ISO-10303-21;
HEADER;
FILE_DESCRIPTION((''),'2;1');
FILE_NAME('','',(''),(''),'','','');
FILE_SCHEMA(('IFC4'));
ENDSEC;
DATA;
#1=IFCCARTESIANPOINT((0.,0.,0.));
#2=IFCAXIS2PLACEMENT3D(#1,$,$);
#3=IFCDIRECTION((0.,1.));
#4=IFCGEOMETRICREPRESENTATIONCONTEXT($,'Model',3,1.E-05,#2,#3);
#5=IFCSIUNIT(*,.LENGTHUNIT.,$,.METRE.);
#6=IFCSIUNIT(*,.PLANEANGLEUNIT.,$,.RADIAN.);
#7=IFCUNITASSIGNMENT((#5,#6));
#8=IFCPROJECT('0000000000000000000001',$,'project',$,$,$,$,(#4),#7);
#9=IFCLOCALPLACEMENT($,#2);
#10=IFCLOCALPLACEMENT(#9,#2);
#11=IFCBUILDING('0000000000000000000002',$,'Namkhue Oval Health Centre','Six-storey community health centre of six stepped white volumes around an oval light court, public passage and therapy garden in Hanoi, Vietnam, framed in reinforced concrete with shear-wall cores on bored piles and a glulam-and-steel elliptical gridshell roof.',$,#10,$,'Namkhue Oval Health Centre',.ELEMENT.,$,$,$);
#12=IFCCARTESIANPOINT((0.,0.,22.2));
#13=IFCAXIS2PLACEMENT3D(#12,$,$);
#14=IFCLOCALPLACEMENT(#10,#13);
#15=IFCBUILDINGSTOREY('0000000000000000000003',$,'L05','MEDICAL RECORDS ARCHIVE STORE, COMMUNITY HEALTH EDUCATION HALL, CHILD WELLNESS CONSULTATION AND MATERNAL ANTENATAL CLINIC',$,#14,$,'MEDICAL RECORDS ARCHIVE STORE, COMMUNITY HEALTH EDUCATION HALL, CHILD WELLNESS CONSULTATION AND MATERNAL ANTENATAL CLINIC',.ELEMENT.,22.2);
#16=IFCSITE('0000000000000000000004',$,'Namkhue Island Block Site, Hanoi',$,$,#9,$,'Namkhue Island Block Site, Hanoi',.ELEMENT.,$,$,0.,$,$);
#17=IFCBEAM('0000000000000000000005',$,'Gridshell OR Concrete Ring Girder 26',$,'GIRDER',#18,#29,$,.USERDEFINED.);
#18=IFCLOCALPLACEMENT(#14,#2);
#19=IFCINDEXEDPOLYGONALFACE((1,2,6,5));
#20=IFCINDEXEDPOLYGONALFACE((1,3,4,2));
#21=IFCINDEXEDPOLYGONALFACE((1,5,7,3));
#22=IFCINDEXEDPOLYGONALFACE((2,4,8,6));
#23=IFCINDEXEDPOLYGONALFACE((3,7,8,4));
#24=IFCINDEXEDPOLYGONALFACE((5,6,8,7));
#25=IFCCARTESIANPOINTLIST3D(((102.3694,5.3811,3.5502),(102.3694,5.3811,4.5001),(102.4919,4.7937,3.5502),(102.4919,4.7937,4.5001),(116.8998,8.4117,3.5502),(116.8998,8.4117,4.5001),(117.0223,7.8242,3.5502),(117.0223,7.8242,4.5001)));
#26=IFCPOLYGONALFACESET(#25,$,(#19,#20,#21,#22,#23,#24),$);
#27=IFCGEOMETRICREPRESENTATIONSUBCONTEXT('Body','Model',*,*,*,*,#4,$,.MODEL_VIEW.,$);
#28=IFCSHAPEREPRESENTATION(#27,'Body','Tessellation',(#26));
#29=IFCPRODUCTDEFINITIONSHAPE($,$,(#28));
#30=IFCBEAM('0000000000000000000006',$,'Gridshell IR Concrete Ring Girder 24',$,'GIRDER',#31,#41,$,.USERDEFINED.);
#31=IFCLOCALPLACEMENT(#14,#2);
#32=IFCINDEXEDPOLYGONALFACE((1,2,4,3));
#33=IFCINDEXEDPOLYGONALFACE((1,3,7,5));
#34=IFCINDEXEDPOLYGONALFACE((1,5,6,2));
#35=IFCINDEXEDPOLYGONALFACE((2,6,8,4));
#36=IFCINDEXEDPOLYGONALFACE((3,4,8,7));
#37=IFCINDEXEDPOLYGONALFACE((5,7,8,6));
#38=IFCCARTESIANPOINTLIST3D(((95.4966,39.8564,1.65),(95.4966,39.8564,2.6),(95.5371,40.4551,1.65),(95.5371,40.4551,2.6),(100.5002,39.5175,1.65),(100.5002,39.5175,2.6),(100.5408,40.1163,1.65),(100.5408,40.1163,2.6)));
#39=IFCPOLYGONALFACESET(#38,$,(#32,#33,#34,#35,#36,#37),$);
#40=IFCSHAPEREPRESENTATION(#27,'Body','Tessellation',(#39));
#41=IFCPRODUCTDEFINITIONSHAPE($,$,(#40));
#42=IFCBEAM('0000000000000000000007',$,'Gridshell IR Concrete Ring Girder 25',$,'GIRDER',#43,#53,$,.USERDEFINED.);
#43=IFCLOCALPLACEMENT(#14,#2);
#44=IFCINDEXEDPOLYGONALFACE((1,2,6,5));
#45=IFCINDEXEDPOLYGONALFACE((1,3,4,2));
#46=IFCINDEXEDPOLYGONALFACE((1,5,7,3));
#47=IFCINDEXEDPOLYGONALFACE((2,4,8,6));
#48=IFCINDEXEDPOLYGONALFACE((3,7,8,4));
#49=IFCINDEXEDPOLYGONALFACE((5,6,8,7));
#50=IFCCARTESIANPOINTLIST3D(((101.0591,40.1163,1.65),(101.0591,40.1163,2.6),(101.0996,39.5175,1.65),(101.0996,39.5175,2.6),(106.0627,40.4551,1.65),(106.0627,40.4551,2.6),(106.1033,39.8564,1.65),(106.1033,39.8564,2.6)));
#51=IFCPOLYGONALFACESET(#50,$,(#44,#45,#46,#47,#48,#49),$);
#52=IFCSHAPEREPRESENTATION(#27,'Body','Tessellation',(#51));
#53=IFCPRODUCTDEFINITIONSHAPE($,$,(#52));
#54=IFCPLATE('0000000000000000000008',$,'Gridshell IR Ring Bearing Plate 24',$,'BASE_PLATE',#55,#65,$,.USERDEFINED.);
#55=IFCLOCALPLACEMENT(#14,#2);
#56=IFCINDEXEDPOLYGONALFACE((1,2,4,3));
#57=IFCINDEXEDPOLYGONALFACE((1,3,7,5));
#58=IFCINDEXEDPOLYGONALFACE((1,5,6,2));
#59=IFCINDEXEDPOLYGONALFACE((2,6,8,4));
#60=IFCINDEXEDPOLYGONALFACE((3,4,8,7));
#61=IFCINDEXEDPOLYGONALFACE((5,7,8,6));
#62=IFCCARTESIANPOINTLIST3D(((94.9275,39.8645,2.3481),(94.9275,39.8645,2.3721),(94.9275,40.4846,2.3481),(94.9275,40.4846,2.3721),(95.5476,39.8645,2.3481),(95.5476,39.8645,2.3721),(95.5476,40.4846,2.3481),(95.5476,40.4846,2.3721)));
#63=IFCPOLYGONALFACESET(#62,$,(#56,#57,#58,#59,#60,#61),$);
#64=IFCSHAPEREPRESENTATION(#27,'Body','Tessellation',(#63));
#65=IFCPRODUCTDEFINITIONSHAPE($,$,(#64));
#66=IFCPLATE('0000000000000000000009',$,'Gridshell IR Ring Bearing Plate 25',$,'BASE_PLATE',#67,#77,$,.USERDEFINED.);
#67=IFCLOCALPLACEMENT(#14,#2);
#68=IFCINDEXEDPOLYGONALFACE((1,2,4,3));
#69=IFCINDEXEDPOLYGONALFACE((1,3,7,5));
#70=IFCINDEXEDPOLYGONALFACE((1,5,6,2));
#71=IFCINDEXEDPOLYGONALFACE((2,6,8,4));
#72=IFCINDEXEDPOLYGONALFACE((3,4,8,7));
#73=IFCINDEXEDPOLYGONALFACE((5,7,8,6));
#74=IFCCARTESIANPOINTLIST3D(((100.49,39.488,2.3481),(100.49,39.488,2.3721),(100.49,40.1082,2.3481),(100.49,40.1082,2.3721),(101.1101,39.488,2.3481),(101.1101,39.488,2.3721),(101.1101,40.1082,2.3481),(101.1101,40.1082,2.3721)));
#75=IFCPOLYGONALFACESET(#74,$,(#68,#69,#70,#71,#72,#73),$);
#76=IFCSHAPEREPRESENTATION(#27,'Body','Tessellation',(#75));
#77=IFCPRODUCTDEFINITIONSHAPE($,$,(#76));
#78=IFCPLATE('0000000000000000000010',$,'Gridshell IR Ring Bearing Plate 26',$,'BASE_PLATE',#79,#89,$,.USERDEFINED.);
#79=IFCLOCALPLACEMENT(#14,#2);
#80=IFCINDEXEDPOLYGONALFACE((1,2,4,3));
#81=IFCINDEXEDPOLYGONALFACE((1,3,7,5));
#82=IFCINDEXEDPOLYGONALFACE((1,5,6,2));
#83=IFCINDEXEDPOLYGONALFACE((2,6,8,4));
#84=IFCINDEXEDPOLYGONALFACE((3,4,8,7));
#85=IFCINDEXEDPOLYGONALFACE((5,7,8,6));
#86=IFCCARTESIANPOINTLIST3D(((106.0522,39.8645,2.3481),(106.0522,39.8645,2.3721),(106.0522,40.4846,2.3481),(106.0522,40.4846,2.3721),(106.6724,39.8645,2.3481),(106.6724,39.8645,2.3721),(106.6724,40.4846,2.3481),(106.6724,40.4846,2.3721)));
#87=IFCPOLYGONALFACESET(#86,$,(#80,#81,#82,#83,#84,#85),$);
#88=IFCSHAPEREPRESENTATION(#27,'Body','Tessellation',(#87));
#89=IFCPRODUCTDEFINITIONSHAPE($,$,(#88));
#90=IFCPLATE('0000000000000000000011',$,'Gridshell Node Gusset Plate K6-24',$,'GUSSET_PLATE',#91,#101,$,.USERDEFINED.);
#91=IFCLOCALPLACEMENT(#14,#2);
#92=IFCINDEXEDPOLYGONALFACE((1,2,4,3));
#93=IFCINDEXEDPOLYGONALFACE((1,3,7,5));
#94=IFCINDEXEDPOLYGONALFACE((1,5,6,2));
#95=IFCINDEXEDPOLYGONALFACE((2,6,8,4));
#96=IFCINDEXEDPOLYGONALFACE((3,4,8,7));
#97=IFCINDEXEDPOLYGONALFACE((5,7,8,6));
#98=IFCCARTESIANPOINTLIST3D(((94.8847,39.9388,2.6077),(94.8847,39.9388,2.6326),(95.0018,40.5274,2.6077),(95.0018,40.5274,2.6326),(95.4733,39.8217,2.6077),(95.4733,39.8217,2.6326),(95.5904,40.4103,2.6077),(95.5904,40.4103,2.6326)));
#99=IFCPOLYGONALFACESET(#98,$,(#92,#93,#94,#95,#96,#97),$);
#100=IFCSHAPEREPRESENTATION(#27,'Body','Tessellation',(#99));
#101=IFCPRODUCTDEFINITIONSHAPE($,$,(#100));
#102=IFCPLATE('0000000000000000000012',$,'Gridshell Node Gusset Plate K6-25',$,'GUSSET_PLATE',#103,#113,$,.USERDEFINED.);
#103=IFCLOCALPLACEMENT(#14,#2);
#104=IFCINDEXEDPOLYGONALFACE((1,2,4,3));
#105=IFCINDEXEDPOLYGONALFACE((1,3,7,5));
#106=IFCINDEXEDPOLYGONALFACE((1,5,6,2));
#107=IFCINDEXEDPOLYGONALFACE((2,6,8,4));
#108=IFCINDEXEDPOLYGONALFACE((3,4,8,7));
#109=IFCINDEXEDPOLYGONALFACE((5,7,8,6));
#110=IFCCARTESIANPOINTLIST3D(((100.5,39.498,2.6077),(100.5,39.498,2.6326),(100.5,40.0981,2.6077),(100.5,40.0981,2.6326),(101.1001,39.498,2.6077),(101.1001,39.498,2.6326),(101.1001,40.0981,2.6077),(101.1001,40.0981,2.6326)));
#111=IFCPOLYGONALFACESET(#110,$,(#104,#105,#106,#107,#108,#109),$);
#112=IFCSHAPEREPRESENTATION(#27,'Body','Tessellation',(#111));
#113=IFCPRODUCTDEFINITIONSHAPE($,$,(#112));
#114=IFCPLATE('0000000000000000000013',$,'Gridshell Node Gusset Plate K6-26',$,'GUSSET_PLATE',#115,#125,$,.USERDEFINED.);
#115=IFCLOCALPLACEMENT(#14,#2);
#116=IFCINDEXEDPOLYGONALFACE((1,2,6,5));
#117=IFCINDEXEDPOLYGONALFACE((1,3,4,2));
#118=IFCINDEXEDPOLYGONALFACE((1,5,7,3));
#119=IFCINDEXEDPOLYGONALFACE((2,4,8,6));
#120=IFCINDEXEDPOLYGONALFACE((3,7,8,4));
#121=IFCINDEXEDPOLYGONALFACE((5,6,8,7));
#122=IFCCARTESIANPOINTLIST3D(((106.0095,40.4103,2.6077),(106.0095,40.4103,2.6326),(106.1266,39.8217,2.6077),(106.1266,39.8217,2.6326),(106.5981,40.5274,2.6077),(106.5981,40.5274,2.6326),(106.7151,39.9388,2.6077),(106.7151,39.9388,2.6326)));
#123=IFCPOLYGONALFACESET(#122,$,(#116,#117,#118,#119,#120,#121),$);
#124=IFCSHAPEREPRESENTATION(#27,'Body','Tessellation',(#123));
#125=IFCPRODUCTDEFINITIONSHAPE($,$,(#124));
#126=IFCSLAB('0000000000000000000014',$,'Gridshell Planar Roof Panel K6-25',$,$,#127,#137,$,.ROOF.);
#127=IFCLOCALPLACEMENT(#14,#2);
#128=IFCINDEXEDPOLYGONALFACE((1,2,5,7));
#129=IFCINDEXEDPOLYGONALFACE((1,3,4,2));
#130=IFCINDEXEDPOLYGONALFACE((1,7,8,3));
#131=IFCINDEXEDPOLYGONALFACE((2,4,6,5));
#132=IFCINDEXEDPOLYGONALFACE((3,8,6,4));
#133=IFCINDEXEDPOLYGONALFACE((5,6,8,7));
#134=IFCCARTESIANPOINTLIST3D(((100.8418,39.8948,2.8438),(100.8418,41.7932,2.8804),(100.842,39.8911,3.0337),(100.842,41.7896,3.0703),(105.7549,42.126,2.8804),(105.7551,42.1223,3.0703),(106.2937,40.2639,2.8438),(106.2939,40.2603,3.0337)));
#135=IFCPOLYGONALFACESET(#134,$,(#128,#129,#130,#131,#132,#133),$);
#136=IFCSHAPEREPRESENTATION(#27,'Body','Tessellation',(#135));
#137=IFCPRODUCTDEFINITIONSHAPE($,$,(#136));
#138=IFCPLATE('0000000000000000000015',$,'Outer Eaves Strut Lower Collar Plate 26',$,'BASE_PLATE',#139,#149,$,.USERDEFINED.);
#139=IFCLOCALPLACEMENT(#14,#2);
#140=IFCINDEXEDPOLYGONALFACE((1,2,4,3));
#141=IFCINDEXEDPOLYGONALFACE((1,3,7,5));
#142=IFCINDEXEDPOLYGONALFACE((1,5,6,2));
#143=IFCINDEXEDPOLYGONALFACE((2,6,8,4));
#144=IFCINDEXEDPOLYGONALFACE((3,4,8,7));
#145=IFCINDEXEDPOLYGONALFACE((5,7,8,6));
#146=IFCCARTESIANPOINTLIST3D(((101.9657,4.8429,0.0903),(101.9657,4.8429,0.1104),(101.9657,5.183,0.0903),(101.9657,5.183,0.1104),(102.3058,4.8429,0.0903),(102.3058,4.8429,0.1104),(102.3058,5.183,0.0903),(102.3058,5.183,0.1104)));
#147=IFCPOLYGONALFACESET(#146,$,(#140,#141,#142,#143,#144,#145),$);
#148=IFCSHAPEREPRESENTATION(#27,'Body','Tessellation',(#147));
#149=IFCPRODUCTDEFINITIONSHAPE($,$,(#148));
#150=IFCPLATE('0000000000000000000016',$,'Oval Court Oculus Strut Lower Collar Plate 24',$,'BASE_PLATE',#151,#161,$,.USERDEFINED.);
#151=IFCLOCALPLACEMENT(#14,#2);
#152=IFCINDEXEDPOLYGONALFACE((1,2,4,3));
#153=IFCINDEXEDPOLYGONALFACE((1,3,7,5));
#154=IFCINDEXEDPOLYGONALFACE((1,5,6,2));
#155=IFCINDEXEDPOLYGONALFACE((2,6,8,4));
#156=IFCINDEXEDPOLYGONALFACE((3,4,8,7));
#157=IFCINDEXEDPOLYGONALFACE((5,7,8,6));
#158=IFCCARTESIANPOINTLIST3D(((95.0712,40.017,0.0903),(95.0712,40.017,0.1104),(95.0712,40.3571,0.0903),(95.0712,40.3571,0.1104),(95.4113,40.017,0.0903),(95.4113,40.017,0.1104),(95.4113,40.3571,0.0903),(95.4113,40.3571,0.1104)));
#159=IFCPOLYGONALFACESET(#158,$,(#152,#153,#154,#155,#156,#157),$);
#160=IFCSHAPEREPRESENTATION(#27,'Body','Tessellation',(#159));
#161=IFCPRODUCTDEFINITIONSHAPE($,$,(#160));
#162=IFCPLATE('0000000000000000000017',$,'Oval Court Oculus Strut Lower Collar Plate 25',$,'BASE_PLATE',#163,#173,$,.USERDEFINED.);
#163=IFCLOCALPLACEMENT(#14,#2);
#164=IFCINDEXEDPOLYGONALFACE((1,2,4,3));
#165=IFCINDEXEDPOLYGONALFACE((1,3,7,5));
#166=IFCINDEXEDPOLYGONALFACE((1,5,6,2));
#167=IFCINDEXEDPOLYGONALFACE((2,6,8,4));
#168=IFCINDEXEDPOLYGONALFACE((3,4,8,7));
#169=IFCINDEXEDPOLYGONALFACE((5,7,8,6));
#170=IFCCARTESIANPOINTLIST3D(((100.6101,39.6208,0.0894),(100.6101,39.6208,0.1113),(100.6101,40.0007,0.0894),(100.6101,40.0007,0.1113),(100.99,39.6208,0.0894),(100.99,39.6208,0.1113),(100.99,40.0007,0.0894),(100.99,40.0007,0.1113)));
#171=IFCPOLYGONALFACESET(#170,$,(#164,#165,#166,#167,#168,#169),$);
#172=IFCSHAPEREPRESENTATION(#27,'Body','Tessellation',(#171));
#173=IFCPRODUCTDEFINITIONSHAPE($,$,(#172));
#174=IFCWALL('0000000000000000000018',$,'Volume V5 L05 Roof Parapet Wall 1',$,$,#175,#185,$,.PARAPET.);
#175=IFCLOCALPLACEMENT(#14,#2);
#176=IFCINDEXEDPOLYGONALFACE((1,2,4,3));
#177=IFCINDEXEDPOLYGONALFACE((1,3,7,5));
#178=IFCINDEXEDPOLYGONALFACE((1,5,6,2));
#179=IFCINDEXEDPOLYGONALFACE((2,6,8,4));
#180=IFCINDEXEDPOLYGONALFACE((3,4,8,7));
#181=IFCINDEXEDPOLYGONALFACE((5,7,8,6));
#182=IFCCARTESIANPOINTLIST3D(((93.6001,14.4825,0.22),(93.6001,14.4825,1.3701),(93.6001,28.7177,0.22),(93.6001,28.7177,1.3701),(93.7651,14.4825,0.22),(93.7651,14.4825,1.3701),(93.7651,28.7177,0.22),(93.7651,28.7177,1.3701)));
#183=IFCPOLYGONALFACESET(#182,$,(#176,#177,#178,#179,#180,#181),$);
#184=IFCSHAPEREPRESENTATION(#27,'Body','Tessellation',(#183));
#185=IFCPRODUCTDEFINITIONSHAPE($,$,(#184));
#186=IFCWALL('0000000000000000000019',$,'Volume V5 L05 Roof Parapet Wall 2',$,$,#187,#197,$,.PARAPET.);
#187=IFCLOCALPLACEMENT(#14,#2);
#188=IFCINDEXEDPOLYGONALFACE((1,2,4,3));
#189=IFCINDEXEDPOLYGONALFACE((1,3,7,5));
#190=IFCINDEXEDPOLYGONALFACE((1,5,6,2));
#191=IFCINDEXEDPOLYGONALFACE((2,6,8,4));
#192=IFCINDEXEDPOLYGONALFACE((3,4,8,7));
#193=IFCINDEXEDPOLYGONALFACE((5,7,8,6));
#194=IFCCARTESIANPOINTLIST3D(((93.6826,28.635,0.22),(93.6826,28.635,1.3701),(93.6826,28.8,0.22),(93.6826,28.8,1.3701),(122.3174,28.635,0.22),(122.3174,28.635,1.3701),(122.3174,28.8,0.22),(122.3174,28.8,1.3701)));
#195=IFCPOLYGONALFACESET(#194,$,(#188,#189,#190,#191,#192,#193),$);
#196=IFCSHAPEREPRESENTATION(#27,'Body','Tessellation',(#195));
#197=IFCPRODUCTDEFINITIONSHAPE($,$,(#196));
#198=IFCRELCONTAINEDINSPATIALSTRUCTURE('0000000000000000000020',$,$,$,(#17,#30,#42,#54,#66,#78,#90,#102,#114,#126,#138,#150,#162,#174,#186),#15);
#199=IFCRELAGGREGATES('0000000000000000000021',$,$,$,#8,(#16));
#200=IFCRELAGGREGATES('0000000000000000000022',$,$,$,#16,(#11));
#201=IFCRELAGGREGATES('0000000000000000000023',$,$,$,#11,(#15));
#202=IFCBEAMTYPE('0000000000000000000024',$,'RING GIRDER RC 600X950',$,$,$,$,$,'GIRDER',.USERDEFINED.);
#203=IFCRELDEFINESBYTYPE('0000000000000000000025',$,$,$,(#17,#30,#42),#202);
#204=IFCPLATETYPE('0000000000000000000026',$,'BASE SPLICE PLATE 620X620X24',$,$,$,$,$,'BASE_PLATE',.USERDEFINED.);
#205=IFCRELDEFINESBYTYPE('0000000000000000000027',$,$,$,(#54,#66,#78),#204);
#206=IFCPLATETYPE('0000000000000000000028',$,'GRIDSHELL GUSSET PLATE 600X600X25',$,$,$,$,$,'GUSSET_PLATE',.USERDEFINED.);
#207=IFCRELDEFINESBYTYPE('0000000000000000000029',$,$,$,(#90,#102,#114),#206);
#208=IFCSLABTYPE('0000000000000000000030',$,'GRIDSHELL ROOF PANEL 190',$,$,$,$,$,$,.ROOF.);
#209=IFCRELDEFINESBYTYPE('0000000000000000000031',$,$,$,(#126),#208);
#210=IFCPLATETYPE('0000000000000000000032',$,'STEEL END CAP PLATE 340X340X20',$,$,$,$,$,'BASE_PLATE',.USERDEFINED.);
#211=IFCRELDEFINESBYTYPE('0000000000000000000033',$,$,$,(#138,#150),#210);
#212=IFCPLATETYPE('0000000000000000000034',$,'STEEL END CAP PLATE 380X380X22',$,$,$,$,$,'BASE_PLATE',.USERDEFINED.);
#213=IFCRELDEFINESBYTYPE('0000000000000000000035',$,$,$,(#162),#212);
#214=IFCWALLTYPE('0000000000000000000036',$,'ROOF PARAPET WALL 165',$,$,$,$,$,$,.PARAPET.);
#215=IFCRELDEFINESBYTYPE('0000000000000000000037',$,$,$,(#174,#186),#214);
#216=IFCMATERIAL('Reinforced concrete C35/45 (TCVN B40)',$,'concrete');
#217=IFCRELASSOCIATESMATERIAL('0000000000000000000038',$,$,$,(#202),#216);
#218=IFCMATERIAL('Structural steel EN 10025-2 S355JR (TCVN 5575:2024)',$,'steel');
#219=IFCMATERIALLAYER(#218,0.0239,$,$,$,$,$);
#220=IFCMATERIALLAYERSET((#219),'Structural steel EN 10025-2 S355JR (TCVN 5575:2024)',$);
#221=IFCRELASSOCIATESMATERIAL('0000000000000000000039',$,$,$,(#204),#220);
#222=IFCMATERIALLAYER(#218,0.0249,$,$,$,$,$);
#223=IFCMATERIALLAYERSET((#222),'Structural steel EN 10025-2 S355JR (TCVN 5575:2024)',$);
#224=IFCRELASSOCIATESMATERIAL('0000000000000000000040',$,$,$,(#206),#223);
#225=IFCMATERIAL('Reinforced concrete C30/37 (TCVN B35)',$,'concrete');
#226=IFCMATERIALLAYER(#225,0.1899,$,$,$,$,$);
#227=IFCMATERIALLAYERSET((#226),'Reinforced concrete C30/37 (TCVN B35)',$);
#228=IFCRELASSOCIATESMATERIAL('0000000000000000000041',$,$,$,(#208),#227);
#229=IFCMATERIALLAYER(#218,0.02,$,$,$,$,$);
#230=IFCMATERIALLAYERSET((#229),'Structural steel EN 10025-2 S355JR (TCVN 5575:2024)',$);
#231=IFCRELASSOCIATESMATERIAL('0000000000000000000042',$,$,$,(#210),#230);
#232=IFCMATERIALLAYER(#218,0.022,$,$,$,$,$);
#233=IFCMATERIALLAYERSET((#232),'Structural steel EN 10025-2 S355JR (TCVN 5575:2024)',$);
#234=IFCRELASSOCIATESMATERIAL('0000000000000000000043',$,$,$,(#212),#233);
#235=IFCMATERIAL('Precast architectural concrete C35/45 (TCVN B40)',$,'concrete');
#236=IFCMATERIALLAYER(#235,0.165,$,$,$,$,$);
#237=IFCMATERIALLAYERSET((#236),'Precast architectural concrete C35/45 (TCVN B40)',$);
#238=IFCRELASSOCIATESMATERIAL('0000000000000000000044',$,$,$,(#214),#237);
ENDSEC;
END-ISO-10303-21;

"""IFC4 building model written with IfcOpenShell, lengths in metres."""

from ifc_helpers import new_model, si_unit, direction, frame, frame_2d, origin, origin_2d, place, context, subcontext, project, spatial, polyline, rectangle, outline, extrude, material, layer, layer_set, material_profile, profile_set, type_object, element, save


model = new_model("IFC4")

# Units and contexts
model_context = context("Model", 3, precision=1e-05, world=origin(), true_north=direction((0.0, 1.0)))
body_context = subcontext(model_context, "Body", "Model", "MODEL_VIEW")
ifc_project = project(units=[si_unit("LENGTHUNIT", "METRE"), si_unit("PLANEANGLEUNIT", "RADIAN")], contexts=[model_context])

# Site, building, storey
site_placement = place(None, origin())
site = spatial("IfcSite", under=ifc_project, at=site_placement, Name="Namkhue Island Block Site, Hanoi", LongName="Namkhue Island Block Site, Hanoi", CompositionType="ELEMENT", RefElevation=0.0)
building_placement = place(site_placement, origin())
building = spatial("IfcBuilding", under=site, at=building_placement, Name="Namkhue Oval Health Centre", Description="Six-storey community health centre of six stepped white volumes around an oval light court, public passage and therapy garden in Hanoi, Vietnam, framed in reinforced concrete with shear-wall cores on bored piles and a glulam-and-steel elliptical gridshell roof.", LongName="Namkhue Oval Health Centre", CompositionType="ELEMENT")
storey_placement = place(building_placement, frame((0.0, 0.0, 22.2)))
storey = spatial("IfcBuildingStorey", under=building, at=storey_placement, Name="L05", Description="MEDICAL RECORDS ARCHIVE STORE, COMMUNITY HEALTH EDUCATION HALL, CHILD WELLNESS CONSULTATION AND MATERNAL ANTENATAL CLINIC", LongName="MEDICAL RECORDS ARCHIVE STORE, COMMUNITY HEALTH EDUCATION HALL, CHILD WELLNESS CONSULTATION AND MATERNAL ANTENATAL CLINIC", CompositionType="ELEMENT", Elevation=22.2)

# Shared definitions
ifc_material_1 = material(Name="Reinforced concrete C35/45 (TCVN B40)", Category="concrete")

# Shared definitions
ifc_material_2 = material(Name="Structural steel EN 10025-2 S355JR (TCVN 5575:2024)", Category="steel")

# Beams
ifc_material_profile_1 = material_profile(ifc_material_1, rectangle(XDim=0.6001, YDim=0.95, at=origin_2d()), Name="RC 600x950")
ifc_profile_set_1 = profile_set([ifc_material_profile_1], Name="Reinforced concrete C35/45 (TCVN B40)")
beam_type = type_object("IfcBeamType", Name="RING GIRDER RC 600X950", ElementType="GIRDER", PredefinedType="USERDEFINED", material=ifc_profile_set_1)
beam_placement = place(storey_placement, frame((102.4307, 5.0874, 4.0251), z_axis=(0.978935, 0.204172, 0.0), x_axis=(-0.204172, 0.978935, 0.0)))
element("IfcBeam", 1, at=beam_placement, inside=storey, type_object=beam_type, Name="Gridshell OR Concrete Ring Girder 26", ObjectType="GIRDER", PredefinedType="USERDEFINED", context=body_context, shape_type="SweptSolid", body=[
    extrude(rectangle(XDim=0.6001, YDim=0.95, at=origin_2d()), origin(), (0.0, 0.0, 1.0), 14.843),
])
for number, where, z_axis, x_axis, name in (
    (2, (95.5168, 40.1558, 2.125), (0.997715, -0.067569, 0.0), (0.067569, 0.997715, 0.0), "Gridshell IR Concrete Ring Girder 24"),
    (3, (101.0793, 39.8169, 2.125), (0.997715, 0.067569, 0.0), (-0.067569, 0.997715, 0.0), "Gridshell IR Concrete Ring Girder 25"),
):
    element("IfcBeam", number, at=place(storey_placement, frame(where, z_axis=z_axis, x_axis=x_axis)), inside=storey, type_object=beam_type, Name=name, ObjectType="GIRDER", PredefinedType="USERDEFINED", context=body_context, shape_type="SweptSolid", body=[
        extrude(rectangle(XDim=0.6001, YDim=0.95, at=origin_2d()), origin(), (0.0, 0.0, 1.0), 5.0151),
    ])

# Plates
ifc_layer_1 = layer(ifc_material_2, 0.0239)
ifc_layer_set_1 = layer_set([ifc_layer_1], Name="Structural steel EN 10025-2 S355JR (TCVN 5575:2024)")
plate_type_1 = type_object("IfcPlateType", Name="BASE SPLICE PLATE 620X620X24", ElementType="BASE_PLATE", PredefinedType="USERDEFINED", material=ifc_layer_set_1)
for number, where, z_axis, x_axis, name in (
    (4, (95.2375, 40.1746, 2.3481), (0.0, 0.0, 1.0), (1.0, 0.0, 0.0), "Gridshell IR Ring Bearing Plate 24"),
    (5, (100.8, 39.7981, 2.3481), (0.0, 0.0, 1.0), (1.0, 0.0, 0.0), "Gridshell IR Ring Bearing Plate 25"),
    (6, (106.3623, 40.1746, 2.3481), (0.0, 0.0, 1.0), (1.0, 0.0, 0.0), "Gridshell IR Ring Bearing Plate 26"),
):
    element("IfcPlate", number, at=place(storey_placement, frame(where, z_axis=z_axis, x_axis=x_axis)), inside=storey, type_object=plate_type_1, Name=name, ObjectType="BASE_PLATE", PredefinedType="USERDEFINED", context=body_context, shape_type="SweptSolid", body=[
        extrude(rectangle(XDim=0.6201, YDim=0.6201, at=origin_2d()), origin(), (0.0, 0.0, 1.0), 0.0239),
    ])
ifc_layer_2 = layer(ifc_material_2, 0.0249)
ifc_layer_set_2 = layer_set([ifc_layer_2], Name="Structural steel EN 10025-2 S355JR (TCVN 5575:2024)")
plate_type_2 = type_object("IfcPlateType", Name="GRIDSHELL GUSSET PLATE 600X600X25", ElementType="GUSSET_PLATE", PredefinedType="USERDEFINED", material=ifc_layer_set_2)
for number, where, z_axis, x_axis, name in (
    (7, (95.2375, 40.1746, 2.6077), (0.0, 0.0, 1.0), (-0.19509, -0.980785, 0.0), "Gridshell Node Gusset Plate K6-24"),
    (8, (100.8, 39.7981, 2.6077), (0.0, 0.0, 1.0), (0.0, -1.0, 0.0), "Gridshell Node Gusset Plate K6-25"),
    (9, (106.3623, 40.1746, 2.6077), (0.0, 0.0, 1.0), (0.19509, -0.980785, 0.0), "Gridshell Node Gusset Plate K6-26"),
):
    element("IfcPlate", number, at=place(storey_placement, frame(where, z_axis=z_axis, x_axis=x_axis)), inside=storey, type_object=plate_type_2, Name=name, ObjectType="GUSSET_PLATE", PredefinedType="USERDEFINED", context=body_context, shape_type="SweptSolid", body=[
        extrude(rectangle(XDim=0.6001, YDim=0.6001, at=origin_2d()), origin(), (0.0, 0.0, 1.0), 0.0249),
    ])

# Slab
ifc_material_3 = material(Name="Reinforced concrete C30/37 (TCVN B35)", Category="concrete")
ifc_layer_3 = layer(ifc_material_3, 0.1899)
ifc_layer_set_3 = layer_set([ifc_layer_3], Name="Reinforced concrete C30/37 (TCVN B35)")
slab_type = type_object("IfcSlabType", Name="GRIDSHELL ROOF PANEL 190", PredefinedType="ROOF", material=ifc_layer_set_3)
slab_placement = place(storey_placement, frame((100.842, 39.8911, 3.0337), z_axis=(0.001306, -0.019286, 0.999813), x_axis=(0.997716, 0.067554, 0.0)))
element("IfcSlab", 10, at=slab_placement, inside=storey, type_object=slab_type, Name="Gridshell Planar Roof Panel K6-25", PredefinedType="ROOF", context=body_context, shape_type="SweptSolid", body=[
    extrude(outline(polyline([(0.0, 0.0), (5.4644, 0.0), (5.0526, 1.8946), (0.1282, 1.8945), (0.0, 0.0)])), origin(), (0.0, 0.0, -1.0), 0.1899),
])

# Plates
ifc_layer_4 = layer(ifc_material_2, 0.02)
ifc_layer_set_4 = layer_set([ifc_layer_4], Name="Structural steel EN 10025-2 S355JR (TCVN 5575:2024)")
plate_type_3 = type_object("IfcPlateType", Name="STEEL END CAP PLATE 340X340X20", ElementType="BASE_PLATE", PredefinedType="USERDEFINED", material=ifc_layer_set_4)
for number, where, z_axis, x_axis, name in (
    (11, (102.1357, 5.0129, 0.0903), (0.0, 0.0, 1.0), (1.0, 0.0, 0.0), "Outer Eaves Strut Lower Collar Plate 26"),
    (12, (95.2412, 40.187, 0.0903), (0.0, 0.0, 1.0), (1.0, 0.0, 0.0), "Oval Court Oculus Strut Lower Collar Plate 24"),
):
    element("IfcPlate", number, at=place(storey_placement, frame(where, z_axis=z_axis, x_axis=x_axis)), inside=storey, type_object=plate_type_3, Name=name, ObjectType="BASE_PLATE", PredefinedType="USERDEFINED", context=body_context, shape_type="SweptSolid", body=[
        extrude(rectangle(XDim=0.3401, YDim=0.3401, at=origin_2d()), origin(), (0.0, 0.0, 1.0), 0.02),
    ])
ifc_layer_5 = layer(ifc_material_2, 0.022)
ifc_layer_set_5 = layer_set([ifc_layer_5], Name="Structural steel EN 10025-2 S355JR (TCVN 5575:2024)")
plate_type_4 = type_object("IfcPlateType", Name="STEEL END CAP PLATE 380X380X22", ElementType="BASE_PLATE", PredefinedType="USERDEFINED", material=ifc_layer_set_5)
plate_placement = place(storey_placement, frame((100.8, 39.8108, 0.0894), z_axis=(0.0, 0.0, 1.0), x_axis=(1.0, 0.0, 0.0)))
element("IfcPlate", 13, at=plate_placement, inside=storey, type_object=plate_type_4, Name="Oval Court Oculus Strut Lower Collar Plate 25", ObjectType="BASE_PLATE", PredefinedType="USERDEFINED", context=body_context, shape_type="SweptSolid", body=[
    extrude(rectangle(XDim=0.3799, YDim=0.3799, at=origin_2d()), origin(), (0.0, 0.0, 1.0), 0.022),
])

# Walls
ifc_material_4 = material(Name="Precast architectural concrete C35/45 (TCVN B40)", Category="concrete")
ifc_layer_6 = layer(ifc_material_4, 0.165)
ifc_layer_set_6 = layer_set([ifc_layer_6], Name="Precast architectural concrete C35/45 (TCVN B40)")
wall_type = type_object("IfcWallType", Name="ROOF PARAPET WALL 165", PredefinedType="PARAPET", material=ifc_layer_set_6)
wall_1_placement = place(storey_placement, frame((93.6826, 14.4824, 0.22), z_axis=(0.0, 0.0, 1.0), x_axis=(0.0, 1.0, 0.0)))
element("IfcWall", 14, at=wall_1_placement, inside=storey, type_object=wall_type, Name="Volume V5 L05 Roof Parapet Wall 1", PredefinedType="PARAPET", context=body_context, shape_type="SweptSolid", body=[
    extrude(rectangle(XDim=14.2351, YDim=0.165, at=frame_2d((7.1177, 0.0))), origin(), (0.0, 0.0, 1.0), 1.1501),
])
wall_2_placement = place(storey_placement, frame((93.6826, 28.7175, 0.22), z_axis=(0.0, 0.0, 1.0), x_axis=(1.0, 0.0, 0.0)))
element("IfcWall", 15, at=wall_2_placement, inside=storey, type_object=wall_type, Name="Volume V5 L05 Roof Parapet Wall 2", PredefinedType="PARAPET", context=body_context, shape_type="SweptSolid", body=[
    extrude(rectangle(XDim=28.6348, YDim=0.165, at=frame_2d((14.3174, 0.0))), origin(), (0.0, 0.0, 1.0), 1.1501),
])

save(model, "model.ifc")
